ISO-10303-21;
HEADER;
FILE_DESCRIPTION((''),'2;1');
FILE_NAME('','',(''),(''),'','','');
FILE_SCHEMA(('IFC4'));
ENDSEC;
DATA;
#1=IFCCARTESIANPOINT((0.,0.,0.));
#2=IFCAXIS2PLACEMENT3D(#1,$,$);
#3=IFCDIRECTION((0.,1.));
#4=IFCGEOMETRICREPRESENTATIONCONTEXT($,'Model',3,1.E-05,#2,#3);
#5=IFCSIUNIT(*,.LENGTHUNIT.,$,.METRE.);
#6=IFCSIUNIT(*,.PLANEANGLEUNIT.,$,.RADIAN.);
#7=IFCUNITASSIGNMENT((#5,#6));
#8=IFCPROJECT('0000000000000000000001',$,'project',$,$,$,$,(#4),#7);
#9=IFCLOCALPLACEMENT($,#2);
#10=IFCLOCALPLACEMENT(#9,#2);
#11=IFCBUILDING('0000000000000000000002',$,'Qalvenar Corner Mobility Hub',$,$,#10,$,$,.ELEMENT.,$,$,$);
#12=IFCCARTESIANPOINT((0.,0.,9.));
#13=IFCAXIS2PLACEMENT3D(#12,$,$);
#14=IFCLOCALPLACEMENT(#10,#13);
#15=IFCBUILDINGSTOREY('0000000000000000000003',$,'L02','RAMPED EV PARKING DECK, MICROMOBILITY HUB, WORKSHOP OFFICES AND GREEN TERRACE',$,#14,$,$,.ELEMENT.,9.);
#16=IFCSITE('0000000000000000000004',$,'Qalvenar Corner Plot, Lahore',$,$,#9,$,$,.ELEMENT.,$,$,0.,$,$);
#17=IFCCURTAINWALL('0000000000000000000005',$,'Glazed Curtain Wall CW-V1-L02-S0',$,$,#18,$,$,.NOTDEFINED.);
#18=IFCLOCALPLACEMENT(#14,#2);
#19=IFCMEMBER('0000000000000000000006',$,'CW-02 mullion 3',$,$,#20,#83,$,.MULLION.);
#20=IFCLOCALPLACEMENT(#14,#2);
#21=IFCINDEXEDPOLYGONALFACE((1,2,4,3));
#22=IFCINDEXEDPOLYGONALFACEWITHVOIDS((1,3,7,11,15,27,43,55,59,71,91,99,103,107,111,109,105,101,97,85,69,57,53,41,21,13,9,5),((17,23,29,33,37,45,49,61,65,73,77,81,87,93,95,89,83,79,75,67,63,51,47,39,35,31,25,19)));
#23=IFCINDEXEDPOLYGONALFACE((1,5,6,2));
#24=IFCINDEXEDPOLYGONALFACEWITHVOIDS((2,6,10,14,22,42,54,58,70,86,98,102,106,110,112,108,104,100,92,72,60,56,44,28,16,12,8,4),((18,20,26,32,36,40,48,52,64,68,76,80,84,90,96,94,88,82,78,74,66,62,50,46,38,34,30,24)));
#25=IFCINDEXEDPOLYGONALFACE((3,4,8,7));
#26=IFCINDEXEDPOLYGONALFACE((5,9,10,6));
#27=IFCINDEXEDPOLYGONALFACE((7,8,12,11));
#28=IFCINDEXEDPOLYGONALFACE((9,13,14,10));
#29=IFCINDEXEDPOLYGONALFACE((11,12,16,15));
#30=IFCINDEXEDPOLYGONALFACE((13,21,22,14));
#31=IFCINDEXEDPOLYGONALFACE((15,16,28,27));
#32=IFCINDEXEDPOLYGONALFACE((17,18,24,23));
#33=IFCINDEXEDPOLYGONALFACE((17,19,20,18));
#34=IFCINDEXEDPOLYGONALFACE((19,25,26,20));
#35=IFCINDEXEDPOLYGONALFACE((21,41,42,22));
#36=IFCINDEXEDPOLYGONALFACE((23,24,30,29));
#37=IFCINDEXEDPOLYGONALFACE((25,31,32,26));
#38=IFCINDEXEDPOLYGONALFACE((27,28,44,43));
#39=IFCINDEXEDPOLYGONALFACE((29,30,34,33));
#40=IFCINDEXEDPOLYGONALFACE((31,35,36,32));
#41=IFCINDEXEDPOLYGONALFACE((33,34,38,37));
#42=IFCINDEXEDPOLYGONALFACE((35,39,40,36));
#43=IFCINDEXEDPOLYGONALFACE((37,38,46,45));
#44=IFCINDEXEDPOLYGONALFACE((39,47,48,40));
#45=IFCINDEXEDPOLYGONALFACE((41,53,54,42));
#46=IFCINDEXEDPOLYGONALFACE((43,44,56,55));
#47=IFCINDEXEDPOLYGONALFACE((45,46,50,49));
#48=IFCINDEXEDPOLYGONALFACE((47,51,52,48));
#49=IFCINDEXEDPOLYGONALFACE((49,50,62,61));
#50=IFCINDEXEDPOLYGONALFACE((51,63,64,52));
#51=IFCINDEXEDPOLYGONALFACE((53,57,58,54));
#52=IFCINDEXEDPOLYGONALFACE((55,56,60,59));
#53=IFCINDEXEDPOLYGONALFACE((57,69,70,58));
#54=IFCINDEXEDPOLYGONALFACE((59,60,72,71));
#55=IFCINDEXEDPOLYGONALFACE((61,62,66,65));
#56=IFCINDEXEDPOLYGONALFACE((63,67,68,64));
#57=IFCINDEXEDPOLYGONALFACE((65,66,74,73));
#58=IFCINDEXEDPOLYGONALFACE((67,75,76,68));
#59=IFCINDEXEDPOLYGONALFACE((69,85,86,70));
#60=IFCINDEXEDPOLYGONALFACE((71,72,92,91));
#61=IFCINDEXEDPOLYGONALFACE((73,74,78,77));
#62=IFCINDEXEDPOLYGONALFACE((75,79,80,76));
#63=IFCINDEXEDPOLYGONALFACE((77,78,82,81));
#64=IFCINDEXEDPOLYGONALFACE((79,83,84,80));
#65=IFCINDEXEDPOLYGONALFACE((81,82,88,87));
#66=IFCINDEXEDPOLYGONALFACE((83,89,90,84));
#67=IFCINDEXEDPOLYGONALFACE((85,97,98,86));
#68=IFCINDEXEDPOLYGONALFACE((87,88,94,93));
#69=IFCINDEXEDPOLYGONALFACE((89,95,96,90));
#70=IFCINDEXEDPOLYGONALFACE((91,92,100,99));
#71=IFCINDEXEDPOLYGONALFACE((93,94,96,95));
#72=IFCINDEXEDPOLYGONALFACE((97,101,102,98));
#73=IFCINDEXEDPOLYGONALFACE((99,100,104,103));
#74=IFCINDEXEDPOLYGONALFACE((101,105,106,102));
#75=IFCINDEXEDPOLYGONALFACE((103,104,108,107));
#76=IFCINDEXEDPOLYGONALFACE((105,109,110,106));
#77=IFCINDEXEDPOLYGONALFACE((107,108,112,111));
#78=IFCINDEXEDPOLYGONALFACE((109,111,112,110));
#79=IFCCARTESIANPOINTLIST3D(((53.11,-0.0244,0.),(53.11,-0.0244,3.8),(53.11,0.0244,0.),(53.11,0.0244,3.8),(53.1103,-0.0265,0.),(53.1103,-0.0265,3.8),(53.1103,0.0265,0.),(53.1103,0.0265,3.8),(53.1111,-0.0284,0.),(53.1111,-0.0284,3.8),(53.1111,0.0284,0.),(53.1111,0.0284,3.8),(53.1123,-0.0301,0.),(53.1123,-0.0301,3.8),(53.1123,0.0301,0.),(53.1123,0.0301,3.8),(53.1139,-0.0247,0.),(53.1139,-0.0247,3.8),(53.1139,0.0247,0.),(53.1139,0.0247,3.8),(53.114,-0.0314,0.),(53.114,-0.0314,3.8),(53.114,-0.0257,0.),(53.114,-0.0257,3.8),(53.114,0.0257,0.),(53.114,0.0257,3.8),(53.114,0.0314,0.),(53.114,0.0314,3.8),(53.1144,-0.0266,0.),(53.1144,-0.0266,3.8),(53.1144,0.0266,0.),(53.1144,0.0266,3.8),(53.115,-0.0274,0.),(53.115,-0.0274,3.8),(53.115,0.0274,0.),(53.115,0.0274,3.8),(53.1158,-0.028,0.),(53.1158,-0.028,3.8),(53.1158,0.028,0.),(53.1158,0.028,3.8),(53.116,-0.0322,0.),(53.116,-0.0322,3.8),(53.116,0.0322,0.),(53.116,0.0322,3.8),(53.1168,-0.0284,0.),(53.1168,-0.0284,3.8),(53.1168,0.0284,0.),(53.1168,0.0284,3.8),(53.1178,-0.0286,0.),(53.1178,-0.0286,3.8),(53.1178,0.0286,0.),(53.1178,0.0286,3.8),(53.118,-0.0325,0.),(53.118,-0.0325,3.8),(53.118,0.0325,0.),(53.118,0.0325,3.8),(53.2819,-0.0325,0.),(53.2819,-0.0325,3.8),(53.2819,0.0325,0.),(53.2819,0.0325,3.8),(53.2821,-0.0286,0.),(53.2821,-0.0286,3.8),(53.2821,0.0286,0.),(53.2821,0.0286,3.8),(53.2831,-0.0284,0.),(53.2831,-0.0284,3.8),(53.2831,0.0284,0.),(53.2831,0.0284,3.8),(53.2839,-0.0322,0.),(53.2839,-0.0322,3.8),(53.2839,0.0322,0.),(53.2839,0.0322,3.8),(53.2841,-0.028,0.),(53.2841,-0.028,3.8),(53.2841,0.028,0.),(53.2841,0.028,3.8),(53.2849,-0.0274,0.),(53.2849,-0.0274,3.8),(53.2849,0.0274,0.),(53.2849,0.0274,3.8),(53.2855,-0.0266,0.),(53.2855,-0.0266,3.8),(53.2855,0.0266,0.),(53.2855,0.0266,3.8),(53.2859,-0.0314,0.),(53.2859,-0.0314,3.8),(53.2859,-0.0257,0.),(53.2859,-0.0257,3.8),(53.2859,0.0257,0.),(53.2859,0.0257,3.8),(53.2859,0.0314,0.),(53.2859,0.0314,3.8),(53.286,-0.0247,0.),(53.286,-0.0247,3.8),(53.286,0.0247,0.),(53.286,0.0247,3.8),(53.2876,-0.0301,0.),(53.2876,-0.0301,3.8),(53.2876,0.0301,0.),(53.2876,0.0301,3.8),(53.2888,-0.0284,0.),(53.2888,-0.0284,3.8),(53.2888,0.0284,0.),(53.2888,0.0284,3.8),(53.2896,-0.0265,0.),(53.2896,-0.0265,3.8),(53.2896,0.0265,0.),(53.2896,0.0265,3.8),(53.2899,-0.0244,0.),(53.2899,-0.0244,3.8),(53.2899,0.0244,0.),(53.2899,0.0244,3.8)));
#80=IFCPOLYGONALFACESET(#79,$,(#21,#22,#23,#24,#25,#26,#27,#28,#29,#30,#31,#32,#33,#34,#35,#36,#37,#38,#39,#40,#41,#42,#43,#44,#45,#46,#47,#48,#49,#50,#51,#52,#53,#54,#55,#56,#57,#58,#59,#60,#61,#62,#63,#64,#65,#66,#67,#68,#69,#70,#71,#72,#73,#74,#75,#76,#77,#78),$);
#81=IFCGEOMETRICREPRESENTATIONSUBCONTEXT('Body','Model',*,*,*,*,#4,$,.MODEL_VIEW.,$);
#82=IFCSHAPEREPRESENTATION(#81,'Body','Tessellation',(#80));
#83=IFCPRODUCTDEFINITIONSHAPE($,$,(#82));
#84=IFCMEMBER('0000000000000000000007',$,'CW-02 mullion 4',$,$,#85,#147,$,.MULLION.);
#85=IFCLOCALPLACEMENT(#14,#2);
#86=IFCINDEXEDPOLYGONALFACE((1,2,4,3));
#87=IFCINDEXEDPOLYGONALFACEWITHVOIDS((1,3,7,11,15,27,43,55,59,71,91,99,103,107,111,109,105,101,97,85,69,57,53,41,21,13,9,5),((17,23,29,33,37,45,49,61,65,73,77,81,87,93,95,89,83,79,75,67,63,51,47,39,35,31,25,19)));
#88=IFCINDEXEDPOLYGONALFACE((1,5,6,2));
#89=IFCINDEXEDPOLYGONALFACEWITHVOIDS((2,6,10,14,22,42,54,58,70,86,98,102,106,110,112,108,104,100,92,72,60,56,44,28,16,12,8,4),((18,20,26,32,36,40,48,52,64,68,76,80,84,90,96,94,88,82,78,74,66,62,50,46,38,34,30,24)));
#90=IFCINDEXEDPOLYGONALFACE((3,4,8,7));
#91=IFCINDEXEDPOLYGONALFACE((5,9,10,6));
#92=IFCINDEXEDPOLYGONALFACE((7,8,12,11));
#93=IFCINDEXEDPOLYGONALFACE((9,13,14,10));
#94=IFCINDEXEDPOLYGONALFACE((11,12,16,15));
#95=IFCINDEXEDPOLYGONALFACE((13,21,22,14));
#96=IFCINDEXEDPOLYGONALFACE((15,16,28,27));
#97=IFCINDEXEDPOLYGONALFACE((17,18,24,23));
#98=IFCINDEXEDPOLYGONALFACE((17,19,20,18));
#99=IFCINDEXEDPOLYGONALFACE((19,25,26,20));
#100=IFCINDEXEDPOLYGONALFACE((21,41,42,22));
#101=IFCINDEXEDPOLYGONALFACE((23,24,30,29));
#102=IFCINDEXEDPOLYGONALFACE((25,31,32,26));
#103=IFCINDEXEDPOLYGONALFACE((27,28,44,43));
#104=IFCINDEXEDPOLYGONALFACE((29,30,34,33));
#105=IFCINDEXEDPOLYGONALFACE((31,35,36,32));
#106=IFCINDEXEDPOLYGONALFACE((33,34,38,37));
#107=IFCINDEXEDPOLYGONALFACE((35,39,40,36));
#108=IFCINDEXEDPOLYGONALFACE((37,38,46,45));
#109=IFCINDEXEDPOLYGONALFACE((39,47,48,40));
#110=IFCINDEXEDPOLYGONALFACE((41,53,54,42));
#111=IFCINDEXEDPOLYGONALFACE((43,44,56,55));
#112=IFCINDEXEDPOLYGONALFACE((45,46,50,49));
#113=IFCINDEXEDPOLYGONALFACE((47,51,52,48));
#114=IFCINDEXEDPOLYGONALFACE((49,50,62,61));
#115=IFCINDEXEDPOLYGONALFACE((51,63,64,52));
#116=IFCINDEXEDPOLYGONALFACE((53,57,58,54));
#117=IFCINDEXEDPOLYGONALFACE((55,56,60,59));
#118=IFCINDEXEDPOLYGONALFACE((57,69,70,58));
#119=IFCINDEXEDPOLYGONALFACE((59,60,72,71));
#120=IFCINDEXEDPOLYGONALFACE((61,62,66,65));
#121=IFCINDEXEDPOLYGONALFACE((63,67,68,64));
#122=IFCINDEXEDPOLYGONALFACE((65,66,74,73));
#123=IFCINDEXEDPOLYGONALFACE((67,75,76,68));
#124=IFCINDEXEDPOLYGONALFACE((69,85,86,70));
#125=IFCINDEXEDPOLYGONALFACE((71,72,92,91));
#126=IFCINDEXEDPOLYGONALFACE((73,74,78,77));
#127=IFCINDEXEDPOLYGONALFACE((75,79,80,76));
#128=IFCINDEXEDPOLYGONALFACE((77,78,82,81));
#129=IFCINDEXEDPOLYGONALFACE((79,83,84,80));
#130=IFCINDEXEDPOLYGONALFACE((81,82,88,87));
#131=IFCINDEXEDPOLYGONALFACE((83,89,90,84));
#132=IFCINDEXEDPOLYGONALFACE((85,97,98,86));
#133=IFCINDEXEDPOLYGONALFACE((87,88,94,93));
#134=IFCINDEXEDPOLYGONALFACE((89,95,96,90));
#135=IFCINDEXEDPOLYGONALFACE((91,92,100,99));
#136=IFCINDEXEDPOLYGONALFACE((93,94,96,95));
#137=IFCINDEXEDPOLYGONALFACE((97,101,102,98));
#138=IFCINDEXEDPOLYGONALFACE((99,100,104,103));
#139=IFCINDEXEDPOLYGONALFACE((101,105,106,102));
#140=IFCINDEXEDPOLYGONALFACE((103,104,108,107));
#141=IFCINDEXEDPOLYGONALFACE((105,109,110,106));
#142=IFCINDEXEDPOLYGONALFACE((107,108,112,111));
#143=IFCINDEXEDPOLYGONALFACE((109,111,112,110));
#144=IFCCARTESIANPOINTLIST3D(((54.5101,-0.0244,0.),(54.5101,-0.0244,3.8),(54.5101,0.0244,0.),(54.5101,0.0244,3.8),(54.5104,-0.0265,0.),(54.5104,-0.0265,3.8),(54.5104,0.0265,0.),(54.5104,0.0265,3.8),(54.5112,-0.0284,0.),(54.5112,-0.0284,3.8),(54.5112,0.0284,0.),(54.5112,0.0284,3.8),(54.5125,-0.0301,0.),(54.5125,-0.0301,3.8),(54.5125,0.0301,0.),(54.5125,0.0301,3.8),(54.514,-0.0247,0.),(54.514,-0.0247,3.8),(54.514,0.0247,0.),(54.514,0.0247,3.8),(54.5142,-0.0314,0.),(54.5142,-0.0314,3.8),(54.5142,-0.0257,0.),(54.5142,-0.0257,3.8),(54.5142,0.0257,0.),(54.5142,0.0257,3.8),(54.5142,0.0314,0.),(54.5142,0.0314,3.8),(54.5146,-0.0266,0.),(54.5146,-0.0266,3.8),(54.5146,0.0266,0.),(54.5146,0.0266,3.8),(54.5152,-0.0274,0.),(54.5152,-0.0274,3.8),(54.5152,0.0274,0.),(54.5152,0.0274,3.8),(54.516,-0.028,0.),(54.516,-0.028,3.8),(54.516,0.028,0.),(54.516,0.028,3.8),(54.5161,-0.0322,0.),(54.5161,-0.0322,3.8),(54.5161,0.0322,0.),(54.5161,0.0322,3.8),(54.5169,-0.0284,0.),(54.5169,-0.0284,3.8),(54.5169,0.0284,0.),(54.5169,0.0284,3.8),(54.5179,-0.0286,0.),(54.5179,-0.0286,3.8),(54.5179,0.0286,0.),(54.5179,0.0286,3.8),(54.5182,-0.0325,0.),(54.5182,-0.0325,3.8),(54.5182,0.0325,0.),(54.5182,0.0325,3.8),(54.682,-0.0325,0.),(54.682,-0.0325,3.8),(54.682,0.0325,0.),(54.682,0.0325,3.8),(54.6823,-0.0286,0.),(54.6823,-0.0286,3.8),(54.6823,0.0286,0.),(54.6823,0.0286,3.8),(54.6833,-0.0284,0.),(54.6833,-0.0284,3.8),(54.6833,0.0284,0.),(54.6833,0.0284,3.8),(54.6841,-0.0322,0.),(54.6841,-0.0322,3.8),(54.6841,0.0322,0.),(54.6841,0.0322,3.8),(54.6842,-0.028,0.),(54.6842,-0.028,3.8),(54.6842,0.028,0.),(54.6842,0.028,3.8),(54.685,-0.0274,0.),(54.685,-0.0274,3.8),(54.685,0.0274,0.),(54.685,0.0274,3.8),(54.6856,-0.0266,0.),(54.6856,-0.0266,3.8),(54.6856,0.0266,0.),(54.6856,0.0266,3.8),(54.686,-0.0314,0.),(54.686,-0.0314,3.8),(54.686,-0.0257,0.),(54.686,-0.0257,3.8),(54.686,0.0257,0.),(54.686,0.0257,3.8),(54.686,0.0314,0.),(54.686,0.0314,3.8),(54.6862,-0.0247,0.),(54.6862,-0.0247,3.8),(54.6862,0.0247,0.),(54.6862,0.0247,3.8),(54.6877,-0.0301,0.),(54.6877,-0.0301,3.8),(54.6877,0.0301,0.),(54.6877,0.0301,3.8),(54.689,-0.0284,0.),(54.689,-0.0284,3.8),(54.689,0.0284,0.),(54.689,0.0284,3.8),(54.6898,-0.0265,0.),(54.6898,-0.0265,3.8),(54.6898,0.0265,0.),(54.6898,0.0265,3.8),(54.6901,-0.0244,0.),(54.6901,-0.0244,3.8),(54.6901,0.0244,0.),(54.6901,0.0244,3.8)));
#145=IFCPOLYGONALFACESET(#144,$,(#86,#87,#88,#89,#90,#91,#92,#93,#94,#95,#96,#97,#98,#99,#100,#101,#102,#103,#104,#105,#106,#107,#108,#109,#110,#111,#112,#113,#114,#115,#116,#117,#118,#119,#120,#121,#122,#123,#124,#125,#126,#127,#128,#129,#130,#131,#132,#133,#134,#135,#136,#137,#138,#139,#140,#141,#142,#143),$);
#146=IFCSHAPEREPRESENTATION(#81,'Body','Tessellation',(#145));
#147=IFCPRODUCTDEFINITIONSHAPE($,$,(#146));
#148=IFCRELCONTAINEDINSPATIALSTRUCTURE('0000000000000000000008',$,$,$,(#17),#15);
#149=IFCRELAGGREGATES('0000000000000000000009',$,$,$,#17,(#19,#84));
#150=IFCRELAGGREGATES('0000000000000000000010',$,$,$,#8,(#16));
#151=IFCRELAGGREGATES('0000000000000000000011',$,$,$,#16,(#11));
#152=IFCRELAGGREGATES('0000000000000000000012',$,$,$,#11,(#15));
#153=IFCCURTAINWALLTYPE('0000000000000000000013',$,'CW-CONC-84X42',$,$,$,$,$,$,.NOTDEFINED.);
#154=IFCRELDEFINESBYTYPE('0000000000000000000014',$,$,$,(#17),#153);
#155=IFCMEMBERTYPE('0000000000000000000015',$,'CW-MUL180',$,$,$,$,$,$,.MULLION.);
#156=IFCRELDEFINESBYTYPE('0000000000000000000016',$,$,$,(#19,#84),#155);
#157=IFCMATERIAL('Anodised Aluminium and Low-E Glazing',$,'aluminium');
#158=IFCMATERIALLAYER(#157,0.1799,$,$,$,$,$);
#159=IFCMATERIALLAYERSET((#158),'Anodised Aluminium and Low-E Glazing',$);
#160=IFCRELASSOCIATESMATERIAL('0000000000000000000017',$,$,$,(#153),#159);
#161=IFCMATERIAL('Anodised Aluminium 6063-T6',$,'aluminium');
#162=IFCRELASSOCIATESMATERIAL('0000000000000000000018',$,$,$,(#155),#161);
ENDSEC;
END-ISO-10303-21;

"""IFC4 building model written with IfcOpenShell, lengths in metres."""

from ifc_helpers import new_model, si_unit, direction, frame, origin, origin_2d, place, context, subcontext, project, spatial, hollow_rectangle, extrude, material, layer, layer_set, material_profile, profile_set, type_object, element, aggregate, save


model = new_model("IFC4")

# Units and contexts
model_context = context("Model", 3, precision=1e-05, world=origin(), true_north=direction((0.0, 1.0)))
body_context = subcontext(model_context, "Body", "Model", "MODEL_VIEW")
ifc_project = project(units=[si_unit("LENGTHUNIT", "METRE"), si_unit("PLANEANGLEUNIT", "RADIAN")], contexts=[model_context])

# Site, building, storey
site_placement = place(None, origin())
site = spatial("IfcSite", under=ifc_project, at=site_placement, Name="Qalvenar Corner Plot, Lahore", CompositionType="ELEMENT", RefElevation=0.0)
building_placement = place(site_placement, origin())
building = spatial("IfcBuilding", under=site, at=building_placement, Name="Qalvenar Corner Mobility Hub", CompositionType="ELEMENT")
storey_placement = place(building_placement, frame((0.0, 0.0, 9.0)))
storey = spatial("IfcBuildingStorey", under=building, at=storey_placement, Name="L02", Description="RAMPED EV PARKING DECK, MICROMOBILITY HUB, WORKSHOP OFFICES AND GREEN TERRACE", CompositionType="ELEMENT", Elevation=9.0)

# Curtain wall, members
ifc_material_1 = material(Name="Anodised Aluminium and Low-E Glazing", Category="aluminium")
ifc_layer_1 = layer(ifc_material_1, 0.1799)
ifc_layer_set_1 = layer_set([ifc_layer_1], Name="Anodised Aluminium and Low-E Glazing")
curtain_wall_type = type_object("IfcCurtainWallType", Name="CW-CONC-84X42", PredefinedType="NOTDEFINED", material=ifc_layer_set_1)
curtain_wall_placement = place(storey_placement, origin())
curtain_wall = element("IfcCurtainWall", 1, at=curtain_wall_placement, inside=storey, type_object=curtain_wall_type, Name="Glazed Curtain Wall CW-V1-L02-S0", PredefinedType="NOTDEFINED")
ifc_material_2 = material(Name="Anodised Aluminium 6063-T6", Category="aluminium")
ifc_material_profile_1 = material_profile(ifc_material_2, hollow_rectangle(XDim=0.0649, YDim=0.1799, WallThickness=0.0039, InnerFilletRadius=0.0039, OuterFilletRadius=0.0081, at=origin_2d()), Name="RHS180x65x4")
ifc_profile_set_1 = profile_set([ifc_material_profile_1], Name="Anodised Aluminium 6063-T6")
member_type_1 = type_object("IfcMemberType", Name="CW-MUL180", PredefinedType="MULLION", material=ifc_profile_set_1)
member_1_placement = place(storey_placement, frame((53.2, 0.0, 0.0), z_axis=(0.0, 0.0, 1.0), x_axis=(0.0, 1.0, 0.0)))
member_1 = element("IfcMember", 2, at=member_1_placement, type_object=member_type_1, Name="CW-02 mullion 3", PredefinedType="MULLION", context=body_context, shape_type="SweptSolid", body=[
    extrude(hollow_rectangle(XDim=0.0649, YDim=0.1799, WallThickness=0.0039, InnerFilletRadius=0.0039, OuterFilletRadius=0.0081, at=origin_2d()), origin(), (0.0, 0.0, 1.0), 3.8),
])
member_2_placement = place(storey_placement, frame((54.6001, 0.0, 0.0), z_axis=(0.0, 0.0, 1.0), x_axis=(0.0, 1.0, 0.0)))
member_2 = element("IfcMember", 3, at=member_2_placement, type_object=member_type_1, Name="CW-02 mullion 4", PredefinedType="MULLION", context=body_context, shape_type="SweptSolid", body=[
    extrude(hollow_rectangle(XDim=0.0649, YDim=0.1799, WallThickness=0.0039, InnerFilletRadius=0.0039, OuterFilletRadius=0.0081, at=origin_2d()), origin(), (0.0, 0.0, 1.0), 3.8),
])
aggregate(curtain_wall, [member_1, member_2])

save(model, "model.ifc")
